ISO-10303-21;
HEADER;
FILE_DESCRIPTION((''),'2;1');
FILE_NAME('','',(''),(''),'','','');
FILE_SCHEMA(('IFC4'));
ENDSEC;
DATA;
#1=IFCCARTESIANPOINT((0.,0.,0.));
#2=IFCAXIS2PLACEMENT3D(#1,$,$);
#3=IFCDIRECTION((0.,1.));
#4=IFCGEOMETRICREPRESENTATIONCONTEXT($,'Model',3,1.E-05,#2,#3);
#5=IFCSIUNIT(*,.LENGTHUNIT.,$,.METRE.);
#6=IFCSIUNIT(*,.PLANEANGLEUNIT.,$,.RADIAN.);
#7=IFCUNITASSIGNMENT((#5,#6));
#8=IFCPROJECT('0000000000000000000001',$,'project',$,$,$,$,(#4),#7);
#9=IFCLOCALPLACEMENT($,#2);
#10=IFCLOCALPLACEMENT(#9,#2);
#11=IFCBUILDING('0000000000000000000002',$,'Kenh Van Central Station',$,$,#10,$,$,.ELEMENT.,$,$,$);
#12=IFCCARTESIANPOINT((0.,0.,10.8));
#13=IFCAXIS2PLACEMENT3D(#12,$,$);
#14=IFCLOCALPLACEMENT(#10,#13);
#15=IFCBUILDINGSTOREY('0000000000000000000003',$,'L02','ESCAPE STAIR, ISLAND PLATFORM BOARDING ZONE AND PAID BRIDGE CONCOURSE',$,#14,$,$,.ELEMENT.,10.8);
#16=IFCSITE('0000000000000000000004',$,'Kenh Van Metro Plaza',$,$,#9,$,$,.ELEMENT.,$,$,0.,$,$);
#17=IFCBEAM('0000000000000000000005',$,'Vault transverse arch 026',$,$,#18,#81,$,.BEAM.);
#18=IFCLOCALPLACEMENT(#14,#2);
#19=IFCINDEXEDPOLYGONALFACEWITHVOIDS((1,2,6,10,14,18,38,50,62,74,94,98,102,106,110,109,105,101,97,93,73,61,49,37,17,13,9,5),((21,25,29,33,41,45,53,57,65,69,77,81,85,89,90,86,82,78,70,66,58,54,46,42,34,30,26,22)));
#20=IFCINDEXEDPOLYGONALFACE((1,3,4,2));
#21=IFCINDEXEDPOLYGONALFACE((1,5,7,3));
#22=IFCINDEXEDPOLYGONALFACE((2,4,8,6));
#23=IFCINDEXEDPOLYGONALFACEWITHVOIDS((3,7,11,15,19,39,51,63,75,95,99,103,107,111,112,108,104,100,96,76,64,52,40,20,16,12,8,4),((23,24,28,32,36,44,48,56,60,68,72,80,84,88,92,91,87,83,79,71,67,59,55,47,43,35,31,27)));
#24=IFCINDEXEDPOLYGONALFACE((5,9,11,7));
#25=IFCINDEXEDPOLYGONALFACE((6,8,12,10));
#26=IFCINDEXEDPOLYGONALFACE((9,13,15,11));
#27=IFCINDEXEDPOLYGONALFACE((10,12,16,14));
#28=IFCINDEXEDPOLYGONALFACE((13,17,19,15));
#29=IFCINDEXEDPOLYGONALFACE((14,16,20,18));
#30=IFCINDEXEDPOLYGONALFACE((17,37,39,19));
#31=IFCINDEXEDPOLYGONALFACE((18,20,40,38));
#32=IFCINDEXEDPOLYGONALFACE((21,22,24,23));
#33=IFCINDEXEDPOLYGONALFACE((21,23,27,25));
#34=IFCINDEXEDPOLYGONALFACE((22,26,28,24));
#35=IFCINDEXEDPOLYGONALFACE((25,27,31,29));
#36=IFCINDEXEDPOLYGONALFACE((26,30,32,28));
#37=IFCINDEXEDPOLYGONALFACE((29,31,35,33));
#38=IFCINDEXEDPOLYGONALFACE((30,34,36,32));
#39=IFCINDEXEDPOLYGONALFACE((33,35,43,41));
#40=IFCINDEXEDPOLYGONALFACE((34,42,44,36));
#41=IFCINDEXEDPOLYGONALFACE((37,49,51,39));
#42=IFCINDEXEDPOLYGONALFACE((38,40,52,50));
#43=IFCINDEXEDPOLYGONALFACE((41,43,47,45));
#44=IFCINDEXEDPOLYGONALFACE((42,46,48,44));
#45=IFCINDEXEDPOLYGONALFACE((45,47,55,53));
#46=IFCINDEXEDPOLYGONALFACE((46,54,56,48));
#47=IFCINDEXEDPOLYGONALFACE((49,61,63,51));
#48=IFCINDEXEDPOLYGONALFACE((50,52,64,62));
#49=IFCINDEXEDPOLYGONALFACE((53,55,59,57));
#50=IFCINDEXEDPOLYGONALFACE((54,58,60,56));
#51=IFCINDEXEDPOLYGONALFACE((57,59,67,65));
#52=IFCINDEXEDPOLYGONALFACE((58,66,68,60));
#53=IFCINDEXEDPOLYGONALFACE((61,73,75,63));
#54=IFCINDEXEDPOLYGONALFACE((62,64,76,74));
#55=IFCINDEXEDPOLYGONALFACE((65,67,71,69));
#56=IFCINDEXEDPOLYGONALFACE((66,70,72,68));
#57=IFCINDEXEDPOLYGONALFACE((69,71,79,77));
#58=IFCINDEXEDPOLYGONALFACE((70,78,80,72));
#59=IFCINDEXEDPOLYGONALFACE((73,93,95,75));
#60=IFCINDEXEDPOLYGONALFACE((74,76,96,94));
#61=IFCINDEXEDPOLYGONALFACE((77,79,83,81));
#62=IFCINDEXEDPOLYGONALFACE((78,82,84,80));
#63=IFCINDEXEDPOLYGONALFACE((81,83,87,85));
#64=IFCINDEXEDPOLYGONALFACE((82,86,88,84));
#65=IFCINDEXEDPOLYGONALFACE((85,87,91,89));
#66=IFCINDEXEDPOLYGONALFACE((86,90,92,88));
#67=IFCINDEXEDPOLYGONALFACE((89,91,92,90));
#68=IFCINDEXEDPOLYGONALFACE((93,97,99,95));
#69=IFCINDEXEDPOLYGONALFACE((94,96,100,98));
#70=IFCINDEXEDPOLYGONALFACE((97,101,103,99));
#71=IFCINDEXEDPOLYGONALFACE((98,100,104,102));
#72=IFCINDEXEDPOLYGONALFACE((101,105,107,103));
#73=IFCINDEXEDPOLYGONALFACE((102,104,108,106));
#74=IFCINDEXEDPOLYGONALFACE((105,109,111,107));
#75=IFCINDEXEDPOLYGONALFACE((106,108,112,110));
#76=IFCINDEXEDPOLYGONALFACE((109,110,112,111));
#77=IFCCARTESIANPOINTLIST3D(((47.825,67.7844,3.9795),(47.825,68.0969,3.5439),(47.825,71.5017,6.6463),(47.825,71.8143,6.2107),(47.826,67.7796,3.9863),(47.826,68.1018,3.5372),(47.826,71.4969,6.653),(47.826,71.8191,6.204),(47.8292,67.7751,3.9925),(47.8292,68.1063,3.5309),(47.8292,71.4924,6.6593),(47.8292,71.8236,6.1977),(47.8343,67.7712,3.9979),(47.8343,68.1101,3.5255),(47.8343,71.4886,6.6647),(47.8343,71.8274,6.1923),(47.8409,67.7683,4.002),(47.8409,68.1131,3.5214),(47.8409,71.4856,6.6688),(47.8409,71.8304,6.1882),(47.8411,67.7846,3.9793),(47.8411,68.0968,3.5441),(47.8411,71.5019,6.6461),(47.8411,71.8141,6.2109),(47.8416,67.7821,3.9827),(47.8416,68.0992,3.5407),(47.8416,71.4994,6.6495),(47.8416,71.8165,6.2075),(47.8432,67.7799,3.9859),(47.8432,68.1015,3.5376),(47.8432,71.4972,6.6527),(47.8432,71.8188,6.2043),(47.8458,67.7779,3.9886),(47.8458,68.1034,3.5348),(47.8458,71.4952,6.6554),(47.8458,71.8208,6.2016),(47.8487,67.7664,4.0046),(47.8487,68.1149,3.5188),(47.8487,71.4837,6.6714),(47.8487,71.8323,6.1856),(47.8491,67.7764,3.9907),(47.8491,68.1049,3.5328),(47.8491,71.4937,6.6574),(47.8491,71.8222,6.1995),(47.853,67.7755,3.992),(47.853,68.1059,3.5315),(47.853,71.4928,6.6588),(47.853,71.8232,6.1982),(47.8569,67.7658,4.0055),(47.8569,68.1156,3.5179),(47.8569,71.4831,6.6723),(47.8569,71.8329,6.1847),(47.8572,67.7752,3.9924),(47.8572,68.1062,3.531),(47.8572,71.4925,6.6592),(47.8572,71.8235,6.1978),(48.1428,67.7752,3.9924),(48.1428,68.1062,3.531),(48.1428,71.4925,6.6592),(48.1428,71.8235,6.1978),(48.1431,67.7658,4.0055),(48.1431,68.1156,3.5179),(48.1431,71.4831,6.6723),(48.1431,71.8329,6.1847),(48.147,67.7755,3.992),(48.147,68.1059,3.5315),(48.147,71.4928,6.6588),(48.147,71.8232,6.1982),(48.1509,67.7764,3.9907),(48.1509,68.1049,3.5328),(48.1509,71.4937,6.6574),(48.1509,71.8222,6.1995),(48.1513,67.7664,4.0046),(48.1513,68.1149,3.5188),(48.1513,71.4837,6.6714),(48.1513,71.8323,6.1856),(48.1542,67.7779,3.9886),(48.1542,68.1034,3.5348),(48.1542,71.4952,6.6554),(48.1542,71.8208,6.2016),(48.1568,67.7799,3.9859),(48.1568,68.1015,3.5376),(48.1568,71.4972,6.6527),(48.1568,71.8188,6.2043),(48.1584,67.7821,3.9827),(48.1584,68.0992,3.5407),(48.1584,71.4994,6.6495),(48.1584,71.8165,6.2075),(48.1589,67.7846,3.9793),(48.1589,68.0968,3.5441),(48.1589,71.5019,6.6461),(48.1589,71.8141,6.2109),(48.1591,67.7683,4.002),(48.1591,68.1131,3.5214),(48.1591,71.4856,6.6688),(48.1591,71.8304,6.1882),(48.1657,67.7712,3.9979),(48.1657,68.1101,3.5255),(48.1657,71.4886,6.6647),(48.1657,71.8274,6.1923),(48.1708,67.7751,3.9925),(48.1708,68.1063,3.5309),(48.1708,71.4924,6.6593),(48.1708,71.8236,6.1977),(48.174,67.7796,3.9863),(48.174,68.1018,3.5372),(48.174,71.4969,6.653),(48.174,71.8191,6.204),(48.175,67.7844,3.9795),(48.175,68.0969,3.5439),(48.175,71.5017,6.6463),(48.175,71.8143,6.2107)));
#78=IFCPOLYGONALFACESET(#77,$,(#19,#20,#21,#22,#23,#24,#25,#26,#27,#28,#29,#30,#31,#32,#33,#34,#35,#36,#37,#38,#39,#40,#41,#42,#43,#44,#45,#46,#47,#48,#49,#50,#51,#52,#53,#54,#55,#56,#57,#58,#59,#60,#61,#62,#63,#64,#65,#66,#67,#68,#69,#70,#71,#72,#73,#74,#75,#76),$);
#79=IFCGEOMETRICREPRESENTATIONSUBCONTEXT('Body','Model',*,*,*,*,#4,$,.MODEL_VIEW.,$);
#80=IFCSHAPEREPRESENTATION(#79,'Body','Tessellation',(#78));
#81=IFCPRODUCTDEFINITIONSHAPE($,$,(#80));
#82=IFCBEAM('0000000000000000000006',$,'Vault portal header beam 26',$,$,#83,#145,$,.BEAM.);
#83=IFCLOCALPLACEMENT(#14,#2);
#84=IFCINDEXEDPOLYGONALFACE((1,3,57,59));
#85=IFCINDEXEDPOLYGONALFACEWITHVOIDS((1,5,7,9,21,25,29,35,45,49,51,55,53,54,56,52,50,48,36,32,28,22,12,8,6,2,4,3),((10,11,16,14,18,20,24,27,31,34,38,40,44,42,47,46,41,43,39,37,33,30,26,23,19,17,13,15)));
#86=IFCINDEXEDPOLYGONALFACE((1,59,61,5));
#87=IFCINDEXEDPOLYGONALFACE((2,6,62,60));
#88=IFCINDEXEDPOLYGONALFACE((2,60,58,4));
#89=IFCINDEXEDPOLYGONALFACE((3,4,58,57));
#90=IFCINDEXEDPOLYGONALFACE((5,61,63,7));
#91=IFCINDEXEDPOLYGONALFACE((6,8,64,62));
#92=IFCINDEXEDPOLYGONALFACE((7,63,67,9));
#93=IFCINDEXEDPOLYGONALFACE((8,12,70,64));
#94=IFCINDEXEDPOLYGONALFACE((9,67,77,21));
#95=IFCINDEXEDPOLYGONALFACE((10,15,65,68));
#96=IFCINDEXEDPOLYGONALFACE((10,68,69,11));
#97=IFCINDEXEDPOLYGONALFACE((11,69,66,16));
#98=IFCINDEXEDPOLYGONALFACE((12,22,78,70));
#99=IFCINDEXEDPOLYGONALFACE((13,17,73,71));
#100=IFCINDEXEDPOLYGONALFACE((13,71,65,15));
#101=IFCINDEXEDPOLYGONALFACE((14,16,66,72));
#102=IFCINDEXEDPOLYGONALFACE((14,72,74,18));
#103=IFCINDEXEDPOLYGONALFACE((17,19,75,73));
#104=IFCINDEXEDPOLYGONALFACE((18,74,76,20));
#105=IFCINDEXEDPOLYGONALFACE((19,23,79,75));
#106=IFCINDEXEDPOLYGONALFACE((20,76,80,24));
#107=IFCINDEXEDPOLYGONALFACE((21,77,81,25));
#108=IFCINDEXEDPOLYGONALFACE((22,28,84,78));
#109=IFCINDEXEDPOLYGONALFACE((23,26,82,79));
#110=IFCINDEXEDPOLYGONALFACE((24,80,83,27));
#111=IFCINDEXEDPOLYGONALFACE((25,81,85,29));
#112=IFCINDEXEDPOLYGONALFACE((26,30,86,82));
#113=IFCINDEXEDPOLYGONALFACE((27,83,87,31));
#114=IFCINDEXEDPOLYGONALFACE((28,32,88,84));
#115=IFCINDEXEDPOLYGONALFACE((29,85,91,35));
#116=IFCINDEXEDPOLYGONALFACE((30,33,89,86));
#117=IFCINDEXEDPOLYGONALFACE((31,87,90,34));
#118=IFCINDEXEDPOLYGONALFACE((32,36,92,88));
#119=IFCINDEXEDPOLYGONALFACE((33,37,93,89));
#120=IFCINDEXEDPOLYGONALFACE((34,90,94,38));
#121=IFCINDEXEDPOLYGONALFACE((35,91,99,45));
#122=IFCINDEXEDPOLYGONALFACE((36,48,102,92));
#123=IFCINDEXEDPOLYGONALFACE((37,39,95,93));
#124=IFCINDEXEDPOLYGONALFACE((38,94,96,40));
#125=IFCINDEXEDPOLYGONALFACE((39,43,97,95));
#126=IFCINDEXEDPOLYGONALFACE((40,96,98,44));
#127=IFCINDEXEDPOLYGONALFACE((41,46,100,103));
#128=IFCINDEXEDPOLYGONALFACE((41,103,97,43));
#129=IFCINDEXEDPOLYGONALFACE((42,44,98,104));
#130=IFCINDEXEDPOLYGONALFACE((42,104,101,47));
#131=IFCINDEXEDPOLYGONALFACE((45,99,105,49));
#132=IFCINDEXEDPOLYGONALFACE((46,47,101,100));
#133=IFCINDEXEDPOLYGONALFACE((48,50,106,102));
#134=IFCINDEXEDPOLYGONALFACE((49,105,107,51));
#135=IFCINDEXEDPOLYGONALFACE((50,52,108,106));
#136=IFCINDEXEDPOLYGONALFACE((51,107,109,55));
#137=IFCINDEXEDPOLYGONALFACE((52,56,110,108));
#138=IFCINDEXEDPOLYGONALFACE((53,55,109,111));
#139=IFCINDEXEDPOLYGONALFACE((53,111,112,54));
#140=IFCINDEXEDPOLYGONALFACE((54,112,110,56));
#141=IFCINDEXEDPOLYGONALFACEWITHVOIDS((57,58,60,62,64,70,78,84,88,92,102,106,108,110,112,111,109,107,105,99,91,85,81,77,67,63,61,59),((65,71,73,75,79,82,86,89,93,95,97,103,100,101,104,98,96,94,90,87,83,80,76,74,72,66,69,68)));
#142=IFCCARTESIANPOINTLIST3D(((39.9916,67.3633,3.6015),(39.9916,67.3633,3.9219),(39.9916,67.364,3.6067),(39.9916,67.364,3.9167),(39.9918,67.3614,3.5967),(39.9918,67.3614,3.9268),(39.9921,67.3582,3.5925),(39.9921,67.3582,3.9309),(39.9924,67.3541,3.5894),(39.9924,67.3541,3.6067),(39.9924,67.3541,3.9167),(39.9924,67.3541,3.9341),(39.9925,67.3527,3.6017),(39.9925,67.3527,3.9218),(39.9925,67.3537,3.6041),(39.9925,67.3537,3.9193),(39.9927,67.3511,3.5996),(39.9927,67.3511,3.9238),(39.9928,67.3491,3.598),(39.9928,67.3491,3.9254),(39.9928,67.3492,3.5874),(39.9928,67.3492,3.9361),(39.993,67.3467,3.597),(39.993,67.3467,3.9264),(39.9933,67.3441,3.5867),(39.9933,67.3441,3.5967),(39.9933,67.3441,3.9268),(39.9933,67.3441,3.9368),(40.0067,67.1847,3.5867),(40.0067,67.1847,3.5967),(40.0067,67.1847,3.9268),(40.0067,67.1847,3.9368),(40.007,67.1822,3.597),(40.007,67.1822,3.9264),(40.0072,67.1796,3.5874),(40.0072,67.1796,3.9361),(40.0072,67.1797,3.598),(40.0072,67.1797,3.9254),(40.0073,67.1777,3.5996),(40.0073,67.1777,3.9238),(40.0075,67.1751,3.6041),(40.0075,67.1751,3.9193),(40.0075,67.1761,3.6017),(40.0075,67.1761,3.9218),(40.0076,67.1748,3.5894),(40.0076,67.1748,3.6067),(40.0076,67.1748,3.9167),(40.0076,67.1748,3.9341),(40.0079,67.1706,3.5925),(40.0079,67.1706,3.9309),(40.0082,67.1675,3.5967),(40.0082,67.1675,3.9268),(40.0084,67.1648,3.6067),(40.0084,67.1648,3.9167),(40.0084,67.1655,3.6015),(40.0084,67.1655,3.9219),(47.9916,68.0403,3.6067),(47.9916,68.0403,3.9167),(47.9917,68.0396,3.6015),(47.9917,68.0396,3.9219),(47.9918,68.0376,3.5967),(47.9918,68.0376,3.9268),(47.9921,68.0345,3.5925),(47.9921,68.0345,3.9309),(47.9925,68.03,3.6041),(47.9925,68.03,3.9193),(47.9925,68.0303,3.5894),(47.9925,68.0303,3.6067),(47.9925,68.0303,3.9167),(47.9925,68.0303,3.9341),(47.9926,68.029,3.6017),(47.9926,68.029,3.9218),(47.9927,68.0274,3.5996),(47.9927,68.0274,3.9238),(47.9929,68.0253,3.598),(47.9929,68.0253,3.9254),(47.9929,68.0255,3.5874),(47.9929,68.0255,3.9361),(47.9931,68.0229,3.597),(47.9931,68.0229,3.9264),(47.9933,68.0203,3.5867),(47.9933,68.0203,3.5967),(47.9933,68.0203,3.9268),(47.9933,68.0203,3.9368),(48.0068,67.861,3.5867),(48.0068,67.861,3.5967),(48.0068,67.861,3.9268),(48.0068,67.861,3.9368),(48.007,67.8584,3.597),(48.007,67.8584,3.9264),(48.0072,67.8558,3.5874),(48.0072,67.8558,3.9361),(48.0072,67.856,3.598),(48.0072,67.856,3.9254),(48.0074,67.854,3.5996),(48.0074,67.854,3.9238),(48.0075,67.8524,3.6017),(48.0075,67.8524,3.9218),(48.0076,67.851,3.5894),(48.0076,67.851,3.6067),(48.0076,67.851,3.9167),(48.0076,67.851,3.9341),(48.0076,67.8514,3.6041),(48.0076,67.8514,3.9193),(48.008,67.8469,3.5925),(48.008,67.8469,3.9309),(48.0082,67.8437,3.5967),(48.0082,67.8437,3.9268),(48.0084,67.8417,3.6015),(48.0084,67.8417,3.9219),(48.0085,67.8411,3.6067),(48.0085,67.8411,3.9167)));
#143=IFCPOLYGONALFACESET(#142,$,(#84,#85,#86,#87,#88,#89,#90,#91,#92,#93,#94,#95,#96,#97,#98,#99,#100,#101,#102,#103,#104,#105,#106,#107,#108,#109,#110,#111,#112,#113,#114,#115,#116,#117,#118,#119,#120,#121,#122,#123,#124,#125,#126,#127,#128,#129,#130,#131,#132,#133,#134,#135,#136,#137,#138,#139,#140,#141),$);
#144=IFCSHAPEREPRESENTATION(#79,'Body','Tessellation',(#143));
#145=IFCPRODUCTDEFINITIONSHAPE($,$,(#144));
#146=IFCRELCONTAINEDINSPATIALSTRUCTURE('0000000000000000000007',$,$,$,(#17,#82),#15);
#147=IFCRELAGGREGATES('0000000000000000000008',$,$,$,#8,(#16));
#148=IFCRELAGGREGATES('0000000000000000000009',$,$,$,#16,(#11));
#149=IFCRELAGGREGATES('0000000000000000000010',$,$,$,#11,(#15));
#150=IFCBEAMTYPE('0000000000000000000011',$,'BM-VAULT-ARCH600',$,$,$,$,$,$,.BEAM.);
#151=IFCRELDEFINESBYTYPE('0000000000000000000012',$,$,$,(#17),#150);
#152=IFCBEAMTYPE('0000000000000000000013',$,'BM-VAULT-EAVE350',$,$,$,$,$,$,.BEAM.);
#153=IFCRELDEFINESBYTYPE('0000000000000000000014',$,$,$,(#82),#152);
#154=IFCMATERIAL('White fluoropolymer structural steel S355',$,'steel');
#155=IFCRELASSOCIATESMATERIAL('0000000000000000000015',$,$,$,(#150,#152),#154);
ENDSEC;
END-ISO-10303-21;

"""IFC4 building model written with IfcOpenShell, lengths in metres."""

from ifc_helpers import new_model, si_unit, direction, frame, origin, origin_2d, place, context, subcontext, project, spatial, hollow_rectangle, extrude, material, material_profile, profile_set, type_object, element, save


model = new_model("IFC4")

# Units and contexts
model_context = context("Model", 3, precision=1e-05, world=origin(), true_north=direction((0.0, 1.0)))
body_context = subcontext(model_context, "Body", "Model", "MODEL_VIEW")
ifc_project = project(units=[si_unit("LENGTHUNIT", "METRE"), si_unit("PLANEANGLEUNIT", "RADIAN")], contexts=[model_context])

# Site, building, storey
site_placement = place(None, origin())
site = spatial("IfcSite", under=ifc_project, at=site_placement, Name="Kenh Van Metro Plaza", CompositionType="ELEMENT", RefElevation=0.0)
building_placement = place(site_placement, origin())
building = spatial("IfcBuilding", under=site, at=building_placement, Name="Kenh Van Central Station", CompositionType="ELEMENT")
storey_placement = place(building_placement, frame((0.0, 0.0, 10.8)))
storey = spatial("IfcBuildingStorey", under=building, at=storey_placement, Name="L02", Description="ESCAPE STAIR, ISLAND PLATFORM BOARDING ZONE AND PAID BRIDGE CONCOURSE", CompositionType="ELEMENT", Elevation=10.8)

# Beams
ifc_material_1 = material(Name="White fluoropolymer structural steel S355", Category="steel")
ifc_material_profile_1 = material_profile(ifc_material_1, hollow_rectangle(XDim=0.3501, YDim=0.6001, WallThickness=0.0161, InnerFilletRadius=0.0161, OuterFilletRadius=0.032, at=origin_2d()), Name="RHS 600x350x16")
ifc_profile_set_1 = profile_set([ifc_material_profile_1], Name="White fluoropolymer structural steel S355")
beam_type_1 = type_object("IfcBeamType", Name="BM-VAULT-ARCH600", PredefinedType="BEAM", material=ifc_profile_set_1)
beam_1_placement = place(storey_placement, frame((48.0, 67.9407, 3.7617), z_axis=(0.0, 0.812538, 0.582908), x_axis=(-1.0, 0.0, 0.0)))
element("IfcBeam", 1, at=beam_1_placement, inside=storey, type_object=beam_type_1, Name="Vault transverse arch 026", PredefinedType="BEAM", context=body_context, shape_type="SweptSolid", body=[
    extrude(hollow_rectangle(XDim=0.3501, YDim=0.6001, WallThickness=0.0161, InnerFilletRadius=0.0161, OuterFilletRadius=0.032, at=origin_2d()), origin(), (0.0, 0.0, 1.0), 4.575),
])
ifc_material_profile_2 = material_profile(ifc_material_1, hollow_rectangle(XDim=0.2, YDim=0.3501, WallThickness=0.01, InnerFilletRadius=0.01, OuterFilletRadius=0.02, at=origin_2d()), Name="RHS 350x200x10")
ifc_profile_set_2 = profile_set([ifc_material_profile_2], Name="White fluoropolymer structural steel S355")
beam_type_2 = type_object("IfcBeamType", Name="BM-VAULT-EAVE350", PredefinedType="BEAM", material=ifc_profile_set_2)
beam_2_placement = place(storey_placement, frame((40.0, 67.2644, 3.7617), z_axis=(0.996446, 0.084233, 0.0), x_axis=(-0.084233, 0.996446, 0.0)))
element("IfcBeam", 2, at=beam_2_placement, inside=storey, type_object=beam_type_2, Name="Vault portal header beam 26", PredefinedType="BEAM", context=body_context, shape_type="SweptSolid", body=[
    extrude(hollow_rectangle(XDim=0.2, YDim=0.3501, WallThickness=0.01, InnerFilletRadius=0.01, OuterFilletRadius=0.02, at=origin_2d()), origin(), (0.0, 0.0, 1.0), 8.0286),
])

save(model, "model.ifc")
